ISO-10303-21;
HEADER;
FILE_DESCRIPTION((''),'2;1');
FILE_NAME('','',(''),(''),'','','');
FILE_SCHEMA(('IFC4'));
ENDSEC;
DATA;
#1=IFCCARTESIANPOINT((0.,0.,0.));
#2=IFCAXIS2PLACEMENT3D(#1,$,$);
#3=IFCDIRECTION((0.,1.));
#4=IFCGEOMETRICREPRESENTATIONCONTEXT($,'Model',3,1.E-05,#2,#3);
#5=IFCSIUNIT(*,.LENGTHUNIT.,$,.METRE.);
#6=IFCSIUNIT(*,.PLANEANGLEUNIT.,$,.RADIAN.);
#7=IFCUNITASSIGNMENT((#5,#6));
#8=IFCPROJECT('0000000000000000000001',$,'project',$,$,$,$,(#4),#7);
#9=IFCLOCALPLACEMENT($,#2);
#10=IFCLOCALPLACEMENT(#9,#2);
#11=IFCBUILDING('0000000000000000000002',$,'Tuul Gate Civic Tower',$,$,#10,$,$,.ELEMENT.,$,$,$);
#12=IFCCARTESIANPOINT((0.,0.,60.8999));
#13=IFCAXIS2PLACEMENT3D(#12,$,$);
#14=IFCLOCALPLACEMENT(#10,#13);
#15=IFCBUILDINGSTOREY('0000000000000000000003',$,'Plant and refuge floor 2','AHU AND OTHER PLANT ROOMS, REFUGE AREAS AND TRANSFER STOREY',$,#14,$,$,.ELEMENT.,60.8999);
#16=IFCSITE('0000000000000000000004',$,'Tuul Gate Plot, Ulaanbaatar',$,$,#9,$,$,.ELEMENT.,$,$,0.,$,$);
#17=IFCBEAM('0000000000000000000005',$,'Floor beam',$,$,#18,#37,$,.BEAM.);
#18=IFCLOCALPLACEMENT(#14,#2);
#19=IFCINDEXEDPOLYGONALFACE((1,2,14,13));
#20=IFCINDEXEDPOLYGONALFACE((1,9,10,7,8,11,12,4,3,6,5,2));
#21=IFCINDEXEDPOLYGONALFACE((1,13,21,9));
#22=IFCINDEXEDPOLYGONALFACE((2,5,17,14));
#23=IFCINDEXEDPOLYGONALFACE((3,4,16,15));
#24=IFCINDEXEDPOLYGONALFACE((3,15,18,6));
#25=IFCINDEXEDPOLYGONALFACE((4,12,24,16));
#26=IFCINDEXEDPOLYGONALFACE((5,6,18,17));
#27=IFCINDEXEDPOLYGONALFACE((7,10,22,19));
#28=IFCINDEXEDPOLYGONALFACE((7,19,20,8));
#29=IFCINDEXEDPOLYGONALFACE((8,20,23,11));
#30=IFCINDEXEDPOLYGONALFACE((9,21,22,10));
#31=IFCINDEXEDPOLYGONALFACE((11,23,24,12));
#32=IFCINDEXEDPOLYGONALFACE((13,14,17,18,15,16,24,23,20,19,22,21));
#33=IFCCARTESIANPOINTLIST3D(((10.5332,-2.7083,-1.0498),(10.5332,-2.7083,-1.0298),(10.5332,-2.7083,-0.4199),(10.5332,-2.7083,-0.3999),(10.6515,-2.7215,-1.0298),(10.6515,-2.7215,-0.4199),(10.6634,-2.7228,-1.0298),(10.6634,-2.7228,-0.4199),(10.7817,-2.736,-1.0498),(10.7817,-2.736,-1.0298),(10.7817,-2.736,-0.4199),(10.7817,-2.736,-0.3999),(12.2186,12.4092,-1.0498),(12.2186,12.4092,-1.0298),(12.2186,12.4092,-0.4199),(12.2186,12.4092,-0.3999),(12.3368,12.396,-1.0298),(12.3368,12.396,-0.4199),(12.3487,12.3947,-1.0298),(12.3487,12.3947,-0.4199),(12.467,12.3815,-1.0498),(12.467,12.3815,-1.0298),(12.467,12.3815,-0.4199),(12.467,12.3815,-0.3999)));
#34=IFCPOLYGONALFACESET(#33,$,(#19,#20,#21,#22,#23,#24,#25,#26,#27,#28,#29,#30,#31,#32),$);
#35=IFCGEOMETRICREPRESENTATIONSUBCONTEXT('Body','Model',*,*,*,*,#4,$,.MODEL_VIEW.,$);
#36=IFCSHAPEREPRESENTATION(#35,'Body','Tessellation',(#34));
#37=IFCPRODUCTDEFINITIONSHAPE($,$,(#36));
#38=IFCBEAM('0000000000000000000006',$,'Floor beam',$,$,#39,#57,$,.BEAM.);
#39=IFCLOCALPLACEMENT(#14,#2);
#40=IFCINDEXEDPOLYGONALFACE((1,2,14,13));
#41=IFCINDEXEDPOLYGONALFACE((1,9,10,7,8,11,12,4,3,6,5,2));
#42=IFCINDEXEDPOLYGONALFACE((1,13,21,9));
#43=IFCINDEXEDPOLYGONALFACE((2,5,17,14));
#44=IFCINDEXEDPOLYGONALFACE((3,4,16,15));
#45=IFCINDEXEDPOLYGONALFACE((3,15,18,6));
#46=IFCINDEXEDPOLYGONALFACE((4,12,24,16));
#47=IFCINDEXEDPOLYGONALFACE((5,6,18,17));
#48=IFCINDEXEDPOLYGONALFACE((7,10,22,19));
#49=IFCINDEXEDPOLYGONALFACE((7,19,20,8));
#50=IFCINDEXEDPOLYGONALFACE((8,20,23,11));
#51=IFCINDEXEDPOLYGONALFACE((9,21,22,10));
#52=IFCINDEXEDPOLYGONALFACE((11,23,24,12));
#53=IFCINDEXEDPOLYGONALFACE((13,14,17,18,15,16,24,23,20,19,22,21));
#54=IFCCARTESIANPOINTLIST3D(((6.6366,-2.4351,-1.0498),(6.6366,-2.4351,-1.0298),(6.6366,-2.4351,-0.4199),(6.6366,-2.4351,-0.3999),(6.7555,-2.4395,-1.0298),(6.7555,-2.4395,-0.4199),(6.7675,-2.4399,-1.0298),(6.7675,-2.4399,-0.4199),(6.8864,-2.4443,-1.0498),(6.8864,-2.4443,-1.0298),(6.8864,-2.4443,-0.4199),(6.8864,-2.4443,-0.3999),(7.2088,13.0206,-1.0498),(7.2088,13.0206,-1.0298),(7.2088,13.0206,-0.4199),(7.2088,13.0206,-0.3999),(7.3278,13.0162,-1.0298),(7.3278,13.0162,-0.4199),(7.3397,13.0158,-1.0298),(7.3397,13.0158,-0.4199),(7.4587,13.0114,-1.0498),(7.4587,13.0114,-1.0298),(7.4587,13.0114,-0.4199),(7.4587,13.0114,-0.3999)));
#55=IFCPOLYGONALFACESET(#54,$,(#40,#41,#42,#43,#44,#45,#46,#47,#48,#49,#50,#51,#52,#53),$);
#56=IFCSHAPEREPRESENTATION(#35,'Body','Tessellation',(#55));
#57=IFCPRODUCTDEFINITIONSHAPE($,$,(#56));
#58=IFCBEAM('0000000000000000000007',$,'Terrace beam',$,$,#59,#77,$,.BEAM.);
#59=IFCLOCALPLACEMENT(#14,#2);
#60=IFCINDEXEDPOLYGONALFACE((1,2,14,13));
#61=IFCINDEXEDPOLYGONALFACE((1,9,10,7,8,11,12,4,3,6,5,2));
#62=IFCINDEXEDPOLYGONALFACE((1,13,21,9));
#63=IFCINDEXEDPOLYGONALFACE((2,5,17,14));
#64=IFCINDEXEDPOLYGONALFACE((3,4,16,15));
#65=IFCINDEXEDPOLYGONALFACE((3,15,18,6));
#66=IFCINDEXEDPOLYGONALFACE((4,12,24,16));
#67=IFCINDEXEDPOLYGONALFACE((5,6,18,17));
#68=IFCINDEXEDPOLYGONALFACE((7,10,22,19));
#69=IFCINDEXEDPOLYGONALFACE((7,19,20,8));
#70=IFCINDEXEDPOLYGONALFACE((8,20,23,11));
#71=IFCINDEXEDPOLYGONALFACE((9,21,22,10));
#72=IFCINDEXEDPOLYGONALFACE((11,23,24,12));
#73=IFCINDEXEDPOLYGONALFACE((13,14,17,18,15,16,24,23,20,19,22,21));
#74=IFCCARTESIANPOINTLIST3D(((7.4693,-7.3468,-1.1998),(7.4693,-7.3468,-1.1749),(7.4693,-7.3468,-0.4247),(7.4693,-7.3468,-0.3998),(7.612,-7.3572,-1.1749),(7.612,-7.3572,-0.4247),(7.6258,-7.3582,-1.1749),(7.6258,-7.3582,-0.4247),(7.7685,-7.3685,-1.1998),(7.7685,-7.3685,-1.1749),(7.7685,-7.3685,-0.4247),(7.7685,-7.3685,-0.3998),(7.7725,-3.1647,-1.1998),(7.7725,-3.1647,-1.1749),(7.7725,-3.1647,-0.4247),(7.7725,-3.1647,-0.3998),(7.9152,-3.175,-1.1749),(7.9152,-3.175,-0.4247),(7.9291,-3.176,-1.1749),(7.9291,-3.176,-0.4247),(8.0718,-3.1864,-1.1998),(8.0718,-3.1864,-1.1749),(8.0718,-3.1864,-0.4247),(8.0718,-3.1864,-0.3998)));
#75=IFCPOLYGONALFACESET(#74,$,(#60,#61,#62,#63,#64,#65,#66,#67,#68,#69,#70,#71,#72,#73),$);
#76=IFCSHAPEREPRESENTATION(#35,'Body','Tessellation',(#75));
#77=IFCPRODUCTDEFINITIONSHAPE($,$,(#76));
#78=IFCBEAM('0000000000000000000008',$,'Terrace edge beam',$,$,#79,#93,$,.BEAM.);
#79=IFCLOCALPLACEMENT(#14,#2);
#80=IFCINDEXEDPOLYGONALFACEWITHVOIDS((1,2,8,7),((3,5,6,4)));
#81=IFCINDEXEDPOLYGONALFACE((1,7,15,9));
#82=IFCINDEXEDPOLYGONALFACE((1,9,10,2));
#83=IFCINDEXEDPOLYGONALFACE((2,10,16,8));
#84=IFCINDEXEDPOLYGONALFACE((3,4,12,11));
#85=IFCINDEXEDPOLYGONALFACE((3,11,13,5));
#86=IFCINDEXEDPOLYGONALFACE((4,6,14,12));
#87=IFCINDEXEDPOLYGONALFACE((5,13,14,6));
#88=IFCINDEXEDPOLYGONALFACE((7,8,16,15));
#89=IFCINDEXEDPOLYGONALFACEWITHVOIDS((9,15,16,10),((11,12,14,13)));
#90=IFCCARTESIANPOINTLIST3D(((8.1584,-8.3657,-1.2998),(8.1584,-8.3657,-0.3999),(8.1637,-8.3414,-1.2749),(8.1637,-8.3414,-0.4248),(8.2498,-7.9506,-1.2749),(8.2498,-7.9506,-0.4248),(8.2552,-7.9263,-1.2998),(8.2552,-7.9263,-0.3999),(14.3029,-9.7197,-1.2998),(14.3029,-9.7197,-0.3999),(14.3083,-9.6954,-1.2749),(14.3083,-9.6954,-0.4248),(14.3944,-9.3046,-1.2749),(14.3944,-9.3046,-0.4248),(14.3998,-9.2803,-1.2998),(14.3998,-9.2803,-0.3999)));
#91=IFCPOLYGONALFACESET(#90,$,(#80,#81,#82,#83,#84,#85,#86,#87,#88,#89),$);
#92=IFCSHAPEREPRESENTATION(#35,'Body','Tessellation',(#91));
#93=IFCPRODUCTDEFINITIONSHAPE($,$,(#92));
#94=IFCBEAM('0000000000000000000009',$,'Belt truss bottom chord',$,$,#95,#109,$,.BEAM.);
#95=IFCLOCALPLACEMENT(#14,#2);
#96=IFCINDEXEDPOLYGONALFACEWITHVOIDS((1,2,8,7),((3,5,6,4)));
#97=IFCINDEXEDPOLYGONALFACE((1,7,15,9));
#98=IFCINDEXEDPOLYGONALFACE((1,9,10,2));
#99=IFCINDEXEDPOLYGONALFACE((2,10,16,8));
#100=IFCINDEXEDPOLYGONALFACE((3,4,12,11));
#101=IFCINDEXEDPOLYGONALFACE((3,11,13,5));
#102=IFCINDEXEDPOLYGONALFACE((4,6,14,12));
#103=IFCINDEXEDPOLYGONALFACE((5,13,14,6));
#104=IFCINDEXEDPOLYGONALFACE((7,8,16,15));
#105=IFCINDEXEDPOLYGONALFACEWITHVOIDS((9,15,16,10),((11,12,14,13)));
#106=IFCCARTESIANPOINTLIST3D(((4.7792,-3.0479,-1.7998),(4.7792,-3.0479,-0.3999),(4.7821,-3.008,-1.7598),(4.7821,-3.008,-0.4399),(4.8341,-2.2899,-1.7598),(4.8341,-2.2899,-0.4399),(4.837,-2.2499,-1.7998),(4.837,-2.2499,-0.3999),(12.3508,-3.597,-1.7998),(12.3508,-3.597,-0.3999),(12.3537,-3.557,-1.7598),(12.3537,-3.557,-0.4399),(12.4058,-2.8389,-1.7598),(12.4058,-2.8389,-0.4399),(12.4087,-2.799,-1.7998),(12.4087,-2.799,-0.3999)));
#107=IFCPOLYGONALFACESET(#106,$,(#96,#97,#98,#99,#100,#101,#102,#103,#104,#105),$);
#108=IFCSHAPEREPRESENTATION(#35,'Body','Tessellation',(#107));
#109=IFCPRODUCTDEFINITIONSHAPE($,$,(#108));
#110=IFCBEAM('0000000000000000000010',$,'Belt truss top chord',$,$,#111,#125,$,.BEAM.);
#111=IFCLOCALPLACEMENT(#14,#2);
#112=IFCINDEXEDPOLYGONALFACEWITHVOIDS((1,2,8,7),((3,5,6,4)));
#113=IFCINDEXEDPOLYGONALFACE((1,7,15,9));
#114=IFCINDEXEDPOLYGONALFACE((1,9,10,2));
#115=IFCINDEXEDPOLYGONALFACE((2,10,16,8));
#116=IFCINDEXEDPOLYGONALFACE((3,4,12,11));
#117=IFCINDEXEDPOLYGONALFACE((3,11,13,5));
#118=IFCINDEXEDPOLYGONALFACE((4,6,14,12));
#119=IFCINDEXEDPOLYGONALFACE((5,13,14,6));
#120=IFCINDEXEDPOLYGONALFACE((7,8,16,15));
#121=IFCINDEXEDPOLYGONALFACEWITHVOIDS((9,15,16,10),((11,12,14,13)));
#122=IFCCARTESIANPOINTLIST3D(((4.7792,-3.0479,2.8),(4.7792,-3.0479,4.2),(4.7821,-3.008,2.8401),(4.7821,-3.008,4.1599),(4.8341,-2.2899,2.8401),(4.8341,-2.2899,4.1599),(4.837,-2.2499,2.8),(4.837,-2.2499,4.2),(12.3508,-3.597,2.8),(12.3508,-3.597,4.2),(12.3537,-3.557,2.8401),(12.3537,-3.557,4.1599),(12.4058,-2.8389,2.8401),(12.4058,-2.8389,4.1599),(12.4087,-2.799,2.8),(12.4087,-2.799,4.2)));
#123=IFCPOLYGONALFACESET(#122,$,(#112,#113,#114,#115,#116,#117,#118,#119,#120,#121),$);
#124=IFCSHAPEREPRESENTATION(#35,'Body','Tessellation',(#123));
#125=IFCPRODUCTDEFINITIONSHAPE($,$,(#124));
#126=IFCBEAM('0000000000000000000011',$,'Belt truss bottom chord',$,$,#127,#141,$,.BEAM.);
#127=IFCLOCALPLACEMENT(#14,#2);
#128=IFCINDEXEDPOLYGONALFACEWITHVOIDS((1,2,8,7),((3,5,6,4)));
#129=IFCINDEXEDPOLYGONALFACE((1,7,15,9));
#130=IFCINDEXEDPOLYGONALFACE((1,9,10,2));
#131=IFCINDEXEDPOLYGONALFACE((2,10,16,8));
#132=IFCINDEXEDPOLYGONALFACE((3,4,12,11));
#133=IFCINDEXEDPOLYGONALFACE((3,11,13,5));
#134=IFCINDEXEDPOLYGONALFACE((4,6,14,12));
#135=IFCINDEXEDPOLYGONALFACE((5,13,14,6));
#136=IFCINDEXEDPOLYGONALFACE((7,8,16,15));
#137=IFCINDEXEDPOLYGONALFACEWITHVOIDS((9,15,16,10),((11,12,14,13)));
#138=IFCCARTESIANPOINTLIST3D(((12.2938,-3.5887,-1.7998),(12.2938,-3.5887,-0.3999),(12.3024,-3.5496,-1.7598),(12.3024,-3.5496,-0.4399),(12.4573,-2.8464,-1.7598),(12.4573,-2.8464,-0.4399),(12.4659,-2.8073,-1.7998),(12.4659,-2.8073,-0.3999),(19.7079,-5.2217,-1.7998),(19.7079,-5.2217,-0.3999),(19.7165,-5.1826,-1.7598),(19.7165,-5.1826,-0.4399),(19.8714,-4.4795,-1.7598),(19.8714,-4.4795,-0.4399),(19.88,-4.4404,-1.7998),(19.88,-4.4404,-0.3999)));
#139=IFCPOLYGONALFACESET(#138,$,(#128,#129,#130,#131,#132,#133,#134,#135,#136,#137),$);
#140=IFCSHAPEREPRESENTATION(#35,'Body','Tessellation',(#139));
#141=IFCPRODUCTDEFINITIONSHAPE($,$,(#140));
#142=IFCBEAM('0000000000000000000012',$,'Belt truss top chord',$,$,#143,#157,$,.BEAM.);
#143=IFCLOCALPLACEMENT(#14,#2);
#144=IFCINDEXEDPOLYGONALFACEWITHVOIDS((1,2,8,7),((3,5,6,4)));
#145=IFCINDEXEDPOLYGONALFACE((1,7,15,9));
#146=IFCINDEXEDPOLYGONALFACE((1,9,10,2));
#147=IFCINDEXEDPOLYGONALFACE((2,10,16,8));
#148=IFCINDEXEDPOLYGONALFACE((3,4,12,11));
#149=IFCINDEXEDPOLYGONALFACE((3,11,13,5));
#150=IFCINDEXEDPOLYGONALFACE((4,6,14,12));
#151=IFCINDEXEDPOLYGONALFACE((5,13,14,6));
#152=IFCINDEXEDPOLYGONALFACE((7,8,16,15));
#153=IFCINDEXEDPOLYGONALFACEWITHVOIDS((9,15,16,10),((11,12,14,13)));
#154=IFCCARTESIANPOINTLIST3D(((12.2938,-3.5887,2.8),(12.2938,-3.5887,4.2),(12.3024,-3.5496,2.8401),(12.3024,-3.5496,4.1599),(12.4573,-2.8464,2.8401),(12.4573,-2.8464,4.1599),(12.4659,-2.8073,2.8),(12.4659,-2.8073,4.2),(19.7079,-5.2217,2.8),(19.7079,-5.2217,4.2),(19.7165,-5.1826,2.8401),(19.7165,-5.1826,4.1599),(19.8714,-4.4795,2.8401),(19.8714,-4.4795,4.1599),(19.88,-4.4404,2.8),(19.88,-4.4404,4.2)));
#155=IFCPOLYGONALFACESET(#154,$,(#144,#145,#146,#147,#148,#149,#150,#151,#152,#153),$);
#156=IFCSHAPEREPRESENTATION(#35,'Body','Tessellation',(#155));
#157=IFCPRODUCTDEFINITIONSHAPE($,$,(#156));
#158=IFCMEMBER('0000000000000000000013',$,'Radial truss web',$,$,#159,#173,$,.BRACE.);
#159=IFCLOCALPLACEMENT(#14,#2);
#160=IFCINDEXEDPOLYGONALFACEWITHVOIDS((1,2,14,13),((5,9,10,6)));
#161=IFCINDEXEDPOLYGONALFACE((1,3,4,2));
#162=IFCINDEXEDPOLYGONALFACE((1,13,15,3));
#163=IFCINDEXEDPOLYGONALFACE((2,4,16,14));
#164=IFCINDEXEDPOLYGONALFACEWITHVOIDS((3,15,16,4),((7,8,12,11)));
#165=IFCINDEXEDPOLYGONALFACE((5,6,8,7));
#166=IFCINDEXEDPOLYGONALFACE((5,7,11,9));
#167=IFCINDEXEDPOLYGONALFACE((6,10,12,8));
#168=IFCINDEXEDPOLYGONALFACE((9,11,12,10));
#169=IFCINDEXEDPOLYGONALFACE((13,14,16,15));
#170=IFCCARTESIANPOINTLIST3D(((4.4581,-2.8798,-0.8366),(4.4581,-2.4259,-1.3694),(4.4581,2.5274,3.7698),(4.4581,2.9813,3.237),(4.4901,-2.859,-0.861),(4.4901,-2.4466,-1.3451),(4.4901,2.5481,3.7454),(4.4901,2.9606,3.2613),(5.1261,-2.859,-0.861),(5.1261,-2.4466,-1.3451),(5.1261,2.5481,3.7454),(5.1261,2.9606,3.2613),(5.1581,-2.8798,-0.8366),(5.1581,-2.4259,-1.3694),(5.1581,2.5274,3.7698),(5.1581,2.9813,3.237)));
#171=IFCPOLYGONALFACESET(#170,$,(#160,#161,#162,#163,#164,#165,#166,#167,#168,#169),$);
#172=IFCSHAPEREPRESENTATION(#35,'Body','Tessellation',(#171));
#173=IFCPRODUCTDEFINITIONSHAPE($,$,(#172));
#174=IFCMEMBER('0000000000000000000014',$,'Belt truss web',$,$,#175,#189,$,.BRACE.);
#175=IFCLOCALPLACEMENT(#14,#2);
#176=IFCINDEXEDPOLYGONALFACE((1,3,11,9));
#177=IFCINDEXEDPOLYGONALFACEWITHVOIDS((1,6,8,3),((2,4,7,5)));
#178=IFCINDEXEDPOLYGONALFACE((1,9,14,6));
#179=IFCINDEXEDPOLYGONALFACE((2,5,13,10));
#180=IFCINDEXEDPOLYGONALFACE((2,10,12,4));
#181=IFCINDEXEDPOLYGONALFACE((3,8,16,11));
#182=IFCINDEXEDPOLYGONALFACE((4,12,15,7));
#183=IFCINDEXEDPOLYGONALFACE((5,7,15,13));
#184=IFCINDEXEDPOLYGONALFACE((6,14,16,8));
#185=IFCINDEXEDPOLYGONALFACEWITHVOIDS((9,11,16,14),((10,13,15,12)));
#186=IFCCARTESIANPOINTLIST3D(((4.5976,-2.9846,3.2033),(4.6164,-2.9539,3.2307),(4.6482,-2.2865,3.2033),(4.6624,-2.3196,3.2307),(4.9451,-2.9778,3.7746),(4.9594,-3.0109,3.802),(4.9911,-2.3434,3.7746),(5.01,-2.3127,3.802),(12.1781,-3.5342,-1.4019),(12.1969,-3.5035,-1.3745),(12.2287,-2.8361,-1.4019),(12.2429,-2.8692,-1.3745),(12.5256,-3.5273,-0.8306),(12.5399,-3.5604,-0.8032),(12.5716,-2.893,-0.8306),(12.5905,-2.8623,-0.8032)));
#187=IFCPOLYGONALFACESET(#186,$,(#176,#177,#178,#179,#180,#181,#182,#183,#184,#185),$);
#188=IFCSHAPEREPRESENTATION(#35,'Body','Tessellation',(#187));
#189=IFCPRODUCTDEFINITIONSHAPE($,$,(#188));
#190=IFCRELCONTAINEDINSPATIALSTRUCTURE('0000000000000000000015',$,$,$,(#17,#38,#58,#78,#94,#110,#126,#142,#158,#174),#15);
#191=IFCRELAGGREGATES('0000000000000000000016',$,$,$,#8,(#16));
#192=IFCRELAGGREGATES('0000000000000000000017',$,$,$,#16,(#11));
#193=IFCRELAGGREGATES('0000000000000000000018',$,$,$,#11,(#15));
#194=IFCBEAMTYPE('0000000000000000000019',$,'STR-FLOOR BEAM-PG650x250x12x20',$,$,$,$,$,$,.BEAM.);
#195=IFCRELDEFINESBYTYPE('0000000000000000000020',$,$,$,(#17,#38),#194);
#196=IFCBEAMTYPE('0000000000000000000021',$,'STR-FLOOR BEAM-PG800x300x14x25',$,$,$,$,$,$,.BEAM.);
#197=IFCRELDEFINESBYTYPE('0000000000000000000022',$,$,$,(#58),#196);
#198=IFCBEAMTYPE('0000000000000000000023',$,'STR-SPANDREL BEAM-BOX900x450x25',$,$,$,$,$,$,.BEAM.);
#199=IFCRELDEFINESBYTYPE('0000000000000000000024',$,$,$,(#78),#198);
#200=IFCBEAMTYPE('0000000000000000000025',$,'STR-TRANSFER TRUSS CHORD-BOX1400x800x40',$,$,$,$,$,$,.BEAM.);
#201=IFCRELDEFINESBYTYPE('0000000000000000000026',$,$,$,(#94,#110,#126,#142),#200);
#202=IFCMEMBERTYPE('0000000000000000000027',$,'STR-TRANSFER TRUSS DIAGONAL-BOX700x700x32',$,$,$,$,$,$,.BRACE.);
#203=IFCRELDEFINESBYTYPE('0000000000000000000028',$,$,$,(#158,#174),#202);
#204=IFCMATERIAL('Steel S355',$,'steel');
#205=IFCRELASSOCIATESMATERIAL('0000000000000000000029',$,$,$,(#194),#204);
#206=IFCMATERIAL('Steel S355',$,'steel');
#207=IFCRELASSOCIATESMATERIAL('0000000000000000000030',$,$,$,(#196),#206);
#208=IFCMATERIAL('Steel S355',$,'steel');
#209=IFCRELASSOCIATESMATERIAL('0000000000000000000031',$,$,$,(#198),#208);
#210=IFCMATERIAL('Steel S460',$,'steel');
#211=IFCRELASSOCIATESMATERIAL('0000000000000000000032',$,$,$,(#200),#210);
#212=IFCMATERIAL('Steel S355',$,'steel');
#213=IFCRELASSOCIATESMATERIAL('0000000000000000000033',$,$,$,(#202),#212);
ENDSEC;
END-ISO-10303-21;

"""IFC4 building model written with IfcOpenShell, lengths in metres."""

from ifc_helpers import new_model, si_unit, direction, frame, origin, origin_2d, place, context, subcontext, project, spatial, hollow_rectangle, i_section, extrude, material, material_profile, profile_set, type_object, element, save


model = new_model("IFC4")

# Units and contexts
model_context = context("Model", 3, precision=1e-05, world=origin(), true_north=direction((0.0, 1.0)))
body_context = subcontext(model_context, "Body", "Model", "MODEL_VIEW")
ifc_project = project(units=[si_unit("LENGTHUNIT", "METRE"), si_unit("PLANEANGLEUNIT", "RADIAN")], contexts=[model_context])

# Site, building, storey
site_placement = place(None, origin())
site = spatial("IfcSite", under=ifc_project, at=site_placement, Name="Tuul Gate Plot, Ulaanbaatar", CompositionType="ELEMENT", RefElevation=0.0)
building_placement = place(site_placement, origin())
building = spatial("IfcBuilding", under=site, at=building_placement, Name="Tuul Gate Civic Tower", CompositionType="ELEMENT")
storey_placement = place(building_placement, frame((0.0, 0.0, 60.8999)))
storey = spatial("IfcBuildingStorey", under=building, at=storey_placement, Name="Plant and refuge floor 2", Description="AHU AND OTHER PLANT ROOMS, REFUGE AREAS AND TRANSFER STOREY", CompositionType="ELEMENT", Elevation=60.8999)

# Beams
ifc_material_1 = material(Name="Steel S355", Category="steel")
ifc_material_profile_1 = material_profile(ifc_material_1, i_section(OverallWidth=0.25, OverallDepth=0.6499, WebThickness=0.012, FlangeThickness=0.02, at=origin_2d()), Name="PG650x250x12x20")
ifc_profile_set_1 = profile_set([ifc_material_profile_1], Name="Steel S355")
beam_type_1 = type_object("IfcBeamType", Name="STR-FLOOR BEAM-PG650x250x12x20", PredefinedType="BEAM", material=ifc_profile_set_1)
beam_1_placement = place(storey_placement, frame((10.6575, -2.7222, -0.7249), z_axis=(0.110794, 0.993843, 0.0), x_axis=(-0.993843, 0.110794, 0.0)))
element("IfcBeam", 1, at=beam_1_placement, inside=storey, type_object=beam_type_1, Name="Floor beam", PredefinedType="BEAM", context=body_context, shape_type="SweptSolid", body=[
    extrude(i_section(OverallWidth=0.25, OverallDepth=0.6499, WebThickness=0.012, FlangeThickness=0.02, at=origin_2d()), origin(), (0.0, 0.0, 1.0), 15.2112),
])
beam_2_placement = place(storey_placement, frame((6.7615, -2.4397, -0.7249), z_axis=(0.037001, 0.999315, 0.0), x_axis=(-0.999315, 0.037001, 0.0)))
element("IfcBeam", 2, at=beam_2_placement, inside=storey, type_object=beam_type_1, Name="Floor beam", PredefinedType="BEAM", context=body_context, shape_type="SweptSolid", body=[
    extrude(i_section(OverallWidth=0.25, OverallDepth=0.6499, WebThickness=0.012, FlangeThickness=0.02, at=origin_2d()), origin(), (0.0, 0.0, 1.0), 15.4663),
])
ifc_material_2 = material(Name="Steel S355", Category="steel")
ifc_material_profile_2 = material_profile(ifc_material_2, i_section(OverallWidth=0.3, OverallDepth=0.8, WebThickness=0.0139, FlangeThickness=0.0249, at=origin_2d()), Name="PG800x300x14x25")
ifc_profile_set_2 = profile_set([ifc_material_profile_2], Name="Steel S355")
beam_type_2 = type_object("IfcBeamType", Name="STR-FLOOR BEAM-PG800x300x14x25", PredefinedType="BEAM", material=ifc_profile_set_2)
beam_3_placement = place(storey_placement, frame((7.6189, -7.3577, -0.7998), z_axis=(0.072315, 0.997382, 0.0), x_axis=(-0.997382, 0.072315, 0.0)))
element("IfcBeam", 3, at=beam_3_placement, inside=storey, type_object=beam_type_2, Name="Terrace beam", PredefinedType="BEAM", context=body_context, shape_type="SweptSolid", body=[
    extrude(i_section(OverallWidth=0.3, OverallDepth=0.8, WebThickness=0.0139, FlangeThickness=0.0249, at=origin_2d()), origin(), (0.0, 0.0, 1.0), 4.1931),
])
ifc_material_3 = material(Name="Steel S355", Category="steel")
ifc_material_profile_3 = material_profile(ifc_material_3, hollow_rectangle(XDim=0.45, YDim=0.8999, WallThickness=0.0249, at=origin_2d()), Name="BOX900x450x25")
ifc_profile_set_3 = profile_set([ifc_material_profile_3], Name="Steel S355")
beam_type_3 = type_object("IfcBeamType", Name="STR-SPANDREL BEAM-BOX900x450x25", PredefinedType="BEAM", material=ifc_profile_set_3)
beam_4_placement = place(storey_placement, frame((8.2068, -8.146, -0.8499), z_axis=(0.976571, -0.215196, 0.0), x_axis=(0.215196, 0.976571, 0.0)))
element("IfcBeam", 4, at=beam_4_placement, inside=storey, type_object=beam_type_3, Name="Terrace edge beam", PredefinedType="BEAM", context=body_context, shape_type="SweptSolid", body=[
    extrude(hollow_rectangle(XDim=0.45, YDim=0.8999, WallThickness=0.0249, at=origin_2d()), origin(), (0.0, 0.0, 1.0), 6.292),
])
ifc_material_4 = material(Name="Steel S460", Category="steel")
ifc_material_profile_4 = material_profile(ifc_material_4, hollow_rectangle(XDim=0.8, YDim=1.3999, WallThickness=0.04, at=origin_2d()), Name="BOX1400x800x40")
ifc_profile_set_4 = profile_set([ifc_material_profile_4], Name="Steel S460")
beam_type_4 = type_object("IfcBeamType", Name="STR-TRANSFER TRUSS CHORD-BOX1400x800x40", PredefinedType="BEAM", material=ifc_profile_set_4)
for number, where, z_axis, x_axis, name in (
    (5, (4.8081, -2.6489, -1.0999), (0.997381, -0.072326, 0.0), (0.072326, 0.997381, 0.0), "Belt truss bottom chord"),
    (6, (4.8081, -2.6489, 3.5), (0.997381, -0.072326, 0.0), (0.072326, 0.997381, 0.0), "Belt truss top chord"),
):
    element("IfcBeam", number, at=place(storey_placement, frame(where, z_axis=z_axis, x_axis=x_axis)), inside=storey, type_object=beam_type_4, Name=name, PredefinedType="BEAM", context=body_context, shape_type="SweptSolid", body=[
        extrude(hollow_rectangle(XDim=0.8, YDim=1.3999, WallThickness=0.04, at=origin_2d()), origin(), (0.0, 0.0, 1.0), 7.5916),
    ])
for number, where, z_axis, x_axis, name in (
    (7, (12.3799, -3.198, -1.0999), (0.97659, -0.215108, 0.0), (0.215108, 0.97659, 0.0), "Belt truss bottom chord"),
    (8, (12.3799, -3.198, 3.5), (0.97659, -0.215108, 0.0), (0.215108, 0.97659, 0.0), "Belt truss top chord"),
):
    element("IfcBeam", number, at=place(storey_placement, frame(where, z_axis=z_axis, x_axis=x_axis)), inside=storey, type_object=beam_type_4, Name=name, PredefinedType="BEAM", context=body_context, shape_type="SweptSolid", body=[
        extrude(hollow_rectangle(XDim=0.8, YDim=1.3999, WallThickness=0.04, at=origin_2d()), origin(), (0.0, 0.0, 1.0), 7.5918),
    ])

# Members
ifc_material_5 = material(Name="Steel S355", Category="steel")
ifc_material_profile_5 = material_profile(ifc_material_5, hollow_rectangle(XDim=0.7, YDim=0.7, WallThickness=0.032, at=origin_2d()), Name="BOX700x700x32")
ifc_profile_set_5 = profile_set([ifc_material_profile_5], Name="Steel S355")
member_type_1 = type_object("IfcMemberType", Name="STR-TRANSFER TRUSS DIAGONAL-BOX700x700x32", PredefinedType="BRACE", material=ifc_profile_set_5)
member_1_placement = place(storey_placement, frame((4.8081, -2.6528, -1.103), z_axis=(0.0, 0.761223, 0.64849), x_axis=(-1.0, 0.0, 0.0)))
element("IfcMember", 9, at=member_1_placement, inside=storey, type_object=member_type_1, Name="Radial truss web", PredefinedType="BRACE", context=body_context, shape_type="SweptSolid", body=[
    extrude(hollow_rectangle(XDim=0.7, YDim=0.7, WallThickness=0.032, at=origin_2d()), origin(), (0.0, 0.0, 1.0), 7.1033),
])
member_2_placement = place(storey_placement, frame((12.3843, -3.1982, -1.1025), z_axis=(-0.853015, 0.06184, 0.51821), x_axis=(-0.072306, -0.997382, 0.0)))
element("IfcMember", 10, at=member_2_placement, inside=storey, type_object=member_type_1, Name="Belt truss web", PredefinedType="BRACE", context=body_context, shape_type="SweptSolid", body=[
    extrude(hollow_rectangle(XDim=0.7, YDim=0.7, WallThickness=0.032, at=origin_2d()), origin(), (0.0, 0.0, 1.0), 8.8867),
])

save(model, "model.ifc")
